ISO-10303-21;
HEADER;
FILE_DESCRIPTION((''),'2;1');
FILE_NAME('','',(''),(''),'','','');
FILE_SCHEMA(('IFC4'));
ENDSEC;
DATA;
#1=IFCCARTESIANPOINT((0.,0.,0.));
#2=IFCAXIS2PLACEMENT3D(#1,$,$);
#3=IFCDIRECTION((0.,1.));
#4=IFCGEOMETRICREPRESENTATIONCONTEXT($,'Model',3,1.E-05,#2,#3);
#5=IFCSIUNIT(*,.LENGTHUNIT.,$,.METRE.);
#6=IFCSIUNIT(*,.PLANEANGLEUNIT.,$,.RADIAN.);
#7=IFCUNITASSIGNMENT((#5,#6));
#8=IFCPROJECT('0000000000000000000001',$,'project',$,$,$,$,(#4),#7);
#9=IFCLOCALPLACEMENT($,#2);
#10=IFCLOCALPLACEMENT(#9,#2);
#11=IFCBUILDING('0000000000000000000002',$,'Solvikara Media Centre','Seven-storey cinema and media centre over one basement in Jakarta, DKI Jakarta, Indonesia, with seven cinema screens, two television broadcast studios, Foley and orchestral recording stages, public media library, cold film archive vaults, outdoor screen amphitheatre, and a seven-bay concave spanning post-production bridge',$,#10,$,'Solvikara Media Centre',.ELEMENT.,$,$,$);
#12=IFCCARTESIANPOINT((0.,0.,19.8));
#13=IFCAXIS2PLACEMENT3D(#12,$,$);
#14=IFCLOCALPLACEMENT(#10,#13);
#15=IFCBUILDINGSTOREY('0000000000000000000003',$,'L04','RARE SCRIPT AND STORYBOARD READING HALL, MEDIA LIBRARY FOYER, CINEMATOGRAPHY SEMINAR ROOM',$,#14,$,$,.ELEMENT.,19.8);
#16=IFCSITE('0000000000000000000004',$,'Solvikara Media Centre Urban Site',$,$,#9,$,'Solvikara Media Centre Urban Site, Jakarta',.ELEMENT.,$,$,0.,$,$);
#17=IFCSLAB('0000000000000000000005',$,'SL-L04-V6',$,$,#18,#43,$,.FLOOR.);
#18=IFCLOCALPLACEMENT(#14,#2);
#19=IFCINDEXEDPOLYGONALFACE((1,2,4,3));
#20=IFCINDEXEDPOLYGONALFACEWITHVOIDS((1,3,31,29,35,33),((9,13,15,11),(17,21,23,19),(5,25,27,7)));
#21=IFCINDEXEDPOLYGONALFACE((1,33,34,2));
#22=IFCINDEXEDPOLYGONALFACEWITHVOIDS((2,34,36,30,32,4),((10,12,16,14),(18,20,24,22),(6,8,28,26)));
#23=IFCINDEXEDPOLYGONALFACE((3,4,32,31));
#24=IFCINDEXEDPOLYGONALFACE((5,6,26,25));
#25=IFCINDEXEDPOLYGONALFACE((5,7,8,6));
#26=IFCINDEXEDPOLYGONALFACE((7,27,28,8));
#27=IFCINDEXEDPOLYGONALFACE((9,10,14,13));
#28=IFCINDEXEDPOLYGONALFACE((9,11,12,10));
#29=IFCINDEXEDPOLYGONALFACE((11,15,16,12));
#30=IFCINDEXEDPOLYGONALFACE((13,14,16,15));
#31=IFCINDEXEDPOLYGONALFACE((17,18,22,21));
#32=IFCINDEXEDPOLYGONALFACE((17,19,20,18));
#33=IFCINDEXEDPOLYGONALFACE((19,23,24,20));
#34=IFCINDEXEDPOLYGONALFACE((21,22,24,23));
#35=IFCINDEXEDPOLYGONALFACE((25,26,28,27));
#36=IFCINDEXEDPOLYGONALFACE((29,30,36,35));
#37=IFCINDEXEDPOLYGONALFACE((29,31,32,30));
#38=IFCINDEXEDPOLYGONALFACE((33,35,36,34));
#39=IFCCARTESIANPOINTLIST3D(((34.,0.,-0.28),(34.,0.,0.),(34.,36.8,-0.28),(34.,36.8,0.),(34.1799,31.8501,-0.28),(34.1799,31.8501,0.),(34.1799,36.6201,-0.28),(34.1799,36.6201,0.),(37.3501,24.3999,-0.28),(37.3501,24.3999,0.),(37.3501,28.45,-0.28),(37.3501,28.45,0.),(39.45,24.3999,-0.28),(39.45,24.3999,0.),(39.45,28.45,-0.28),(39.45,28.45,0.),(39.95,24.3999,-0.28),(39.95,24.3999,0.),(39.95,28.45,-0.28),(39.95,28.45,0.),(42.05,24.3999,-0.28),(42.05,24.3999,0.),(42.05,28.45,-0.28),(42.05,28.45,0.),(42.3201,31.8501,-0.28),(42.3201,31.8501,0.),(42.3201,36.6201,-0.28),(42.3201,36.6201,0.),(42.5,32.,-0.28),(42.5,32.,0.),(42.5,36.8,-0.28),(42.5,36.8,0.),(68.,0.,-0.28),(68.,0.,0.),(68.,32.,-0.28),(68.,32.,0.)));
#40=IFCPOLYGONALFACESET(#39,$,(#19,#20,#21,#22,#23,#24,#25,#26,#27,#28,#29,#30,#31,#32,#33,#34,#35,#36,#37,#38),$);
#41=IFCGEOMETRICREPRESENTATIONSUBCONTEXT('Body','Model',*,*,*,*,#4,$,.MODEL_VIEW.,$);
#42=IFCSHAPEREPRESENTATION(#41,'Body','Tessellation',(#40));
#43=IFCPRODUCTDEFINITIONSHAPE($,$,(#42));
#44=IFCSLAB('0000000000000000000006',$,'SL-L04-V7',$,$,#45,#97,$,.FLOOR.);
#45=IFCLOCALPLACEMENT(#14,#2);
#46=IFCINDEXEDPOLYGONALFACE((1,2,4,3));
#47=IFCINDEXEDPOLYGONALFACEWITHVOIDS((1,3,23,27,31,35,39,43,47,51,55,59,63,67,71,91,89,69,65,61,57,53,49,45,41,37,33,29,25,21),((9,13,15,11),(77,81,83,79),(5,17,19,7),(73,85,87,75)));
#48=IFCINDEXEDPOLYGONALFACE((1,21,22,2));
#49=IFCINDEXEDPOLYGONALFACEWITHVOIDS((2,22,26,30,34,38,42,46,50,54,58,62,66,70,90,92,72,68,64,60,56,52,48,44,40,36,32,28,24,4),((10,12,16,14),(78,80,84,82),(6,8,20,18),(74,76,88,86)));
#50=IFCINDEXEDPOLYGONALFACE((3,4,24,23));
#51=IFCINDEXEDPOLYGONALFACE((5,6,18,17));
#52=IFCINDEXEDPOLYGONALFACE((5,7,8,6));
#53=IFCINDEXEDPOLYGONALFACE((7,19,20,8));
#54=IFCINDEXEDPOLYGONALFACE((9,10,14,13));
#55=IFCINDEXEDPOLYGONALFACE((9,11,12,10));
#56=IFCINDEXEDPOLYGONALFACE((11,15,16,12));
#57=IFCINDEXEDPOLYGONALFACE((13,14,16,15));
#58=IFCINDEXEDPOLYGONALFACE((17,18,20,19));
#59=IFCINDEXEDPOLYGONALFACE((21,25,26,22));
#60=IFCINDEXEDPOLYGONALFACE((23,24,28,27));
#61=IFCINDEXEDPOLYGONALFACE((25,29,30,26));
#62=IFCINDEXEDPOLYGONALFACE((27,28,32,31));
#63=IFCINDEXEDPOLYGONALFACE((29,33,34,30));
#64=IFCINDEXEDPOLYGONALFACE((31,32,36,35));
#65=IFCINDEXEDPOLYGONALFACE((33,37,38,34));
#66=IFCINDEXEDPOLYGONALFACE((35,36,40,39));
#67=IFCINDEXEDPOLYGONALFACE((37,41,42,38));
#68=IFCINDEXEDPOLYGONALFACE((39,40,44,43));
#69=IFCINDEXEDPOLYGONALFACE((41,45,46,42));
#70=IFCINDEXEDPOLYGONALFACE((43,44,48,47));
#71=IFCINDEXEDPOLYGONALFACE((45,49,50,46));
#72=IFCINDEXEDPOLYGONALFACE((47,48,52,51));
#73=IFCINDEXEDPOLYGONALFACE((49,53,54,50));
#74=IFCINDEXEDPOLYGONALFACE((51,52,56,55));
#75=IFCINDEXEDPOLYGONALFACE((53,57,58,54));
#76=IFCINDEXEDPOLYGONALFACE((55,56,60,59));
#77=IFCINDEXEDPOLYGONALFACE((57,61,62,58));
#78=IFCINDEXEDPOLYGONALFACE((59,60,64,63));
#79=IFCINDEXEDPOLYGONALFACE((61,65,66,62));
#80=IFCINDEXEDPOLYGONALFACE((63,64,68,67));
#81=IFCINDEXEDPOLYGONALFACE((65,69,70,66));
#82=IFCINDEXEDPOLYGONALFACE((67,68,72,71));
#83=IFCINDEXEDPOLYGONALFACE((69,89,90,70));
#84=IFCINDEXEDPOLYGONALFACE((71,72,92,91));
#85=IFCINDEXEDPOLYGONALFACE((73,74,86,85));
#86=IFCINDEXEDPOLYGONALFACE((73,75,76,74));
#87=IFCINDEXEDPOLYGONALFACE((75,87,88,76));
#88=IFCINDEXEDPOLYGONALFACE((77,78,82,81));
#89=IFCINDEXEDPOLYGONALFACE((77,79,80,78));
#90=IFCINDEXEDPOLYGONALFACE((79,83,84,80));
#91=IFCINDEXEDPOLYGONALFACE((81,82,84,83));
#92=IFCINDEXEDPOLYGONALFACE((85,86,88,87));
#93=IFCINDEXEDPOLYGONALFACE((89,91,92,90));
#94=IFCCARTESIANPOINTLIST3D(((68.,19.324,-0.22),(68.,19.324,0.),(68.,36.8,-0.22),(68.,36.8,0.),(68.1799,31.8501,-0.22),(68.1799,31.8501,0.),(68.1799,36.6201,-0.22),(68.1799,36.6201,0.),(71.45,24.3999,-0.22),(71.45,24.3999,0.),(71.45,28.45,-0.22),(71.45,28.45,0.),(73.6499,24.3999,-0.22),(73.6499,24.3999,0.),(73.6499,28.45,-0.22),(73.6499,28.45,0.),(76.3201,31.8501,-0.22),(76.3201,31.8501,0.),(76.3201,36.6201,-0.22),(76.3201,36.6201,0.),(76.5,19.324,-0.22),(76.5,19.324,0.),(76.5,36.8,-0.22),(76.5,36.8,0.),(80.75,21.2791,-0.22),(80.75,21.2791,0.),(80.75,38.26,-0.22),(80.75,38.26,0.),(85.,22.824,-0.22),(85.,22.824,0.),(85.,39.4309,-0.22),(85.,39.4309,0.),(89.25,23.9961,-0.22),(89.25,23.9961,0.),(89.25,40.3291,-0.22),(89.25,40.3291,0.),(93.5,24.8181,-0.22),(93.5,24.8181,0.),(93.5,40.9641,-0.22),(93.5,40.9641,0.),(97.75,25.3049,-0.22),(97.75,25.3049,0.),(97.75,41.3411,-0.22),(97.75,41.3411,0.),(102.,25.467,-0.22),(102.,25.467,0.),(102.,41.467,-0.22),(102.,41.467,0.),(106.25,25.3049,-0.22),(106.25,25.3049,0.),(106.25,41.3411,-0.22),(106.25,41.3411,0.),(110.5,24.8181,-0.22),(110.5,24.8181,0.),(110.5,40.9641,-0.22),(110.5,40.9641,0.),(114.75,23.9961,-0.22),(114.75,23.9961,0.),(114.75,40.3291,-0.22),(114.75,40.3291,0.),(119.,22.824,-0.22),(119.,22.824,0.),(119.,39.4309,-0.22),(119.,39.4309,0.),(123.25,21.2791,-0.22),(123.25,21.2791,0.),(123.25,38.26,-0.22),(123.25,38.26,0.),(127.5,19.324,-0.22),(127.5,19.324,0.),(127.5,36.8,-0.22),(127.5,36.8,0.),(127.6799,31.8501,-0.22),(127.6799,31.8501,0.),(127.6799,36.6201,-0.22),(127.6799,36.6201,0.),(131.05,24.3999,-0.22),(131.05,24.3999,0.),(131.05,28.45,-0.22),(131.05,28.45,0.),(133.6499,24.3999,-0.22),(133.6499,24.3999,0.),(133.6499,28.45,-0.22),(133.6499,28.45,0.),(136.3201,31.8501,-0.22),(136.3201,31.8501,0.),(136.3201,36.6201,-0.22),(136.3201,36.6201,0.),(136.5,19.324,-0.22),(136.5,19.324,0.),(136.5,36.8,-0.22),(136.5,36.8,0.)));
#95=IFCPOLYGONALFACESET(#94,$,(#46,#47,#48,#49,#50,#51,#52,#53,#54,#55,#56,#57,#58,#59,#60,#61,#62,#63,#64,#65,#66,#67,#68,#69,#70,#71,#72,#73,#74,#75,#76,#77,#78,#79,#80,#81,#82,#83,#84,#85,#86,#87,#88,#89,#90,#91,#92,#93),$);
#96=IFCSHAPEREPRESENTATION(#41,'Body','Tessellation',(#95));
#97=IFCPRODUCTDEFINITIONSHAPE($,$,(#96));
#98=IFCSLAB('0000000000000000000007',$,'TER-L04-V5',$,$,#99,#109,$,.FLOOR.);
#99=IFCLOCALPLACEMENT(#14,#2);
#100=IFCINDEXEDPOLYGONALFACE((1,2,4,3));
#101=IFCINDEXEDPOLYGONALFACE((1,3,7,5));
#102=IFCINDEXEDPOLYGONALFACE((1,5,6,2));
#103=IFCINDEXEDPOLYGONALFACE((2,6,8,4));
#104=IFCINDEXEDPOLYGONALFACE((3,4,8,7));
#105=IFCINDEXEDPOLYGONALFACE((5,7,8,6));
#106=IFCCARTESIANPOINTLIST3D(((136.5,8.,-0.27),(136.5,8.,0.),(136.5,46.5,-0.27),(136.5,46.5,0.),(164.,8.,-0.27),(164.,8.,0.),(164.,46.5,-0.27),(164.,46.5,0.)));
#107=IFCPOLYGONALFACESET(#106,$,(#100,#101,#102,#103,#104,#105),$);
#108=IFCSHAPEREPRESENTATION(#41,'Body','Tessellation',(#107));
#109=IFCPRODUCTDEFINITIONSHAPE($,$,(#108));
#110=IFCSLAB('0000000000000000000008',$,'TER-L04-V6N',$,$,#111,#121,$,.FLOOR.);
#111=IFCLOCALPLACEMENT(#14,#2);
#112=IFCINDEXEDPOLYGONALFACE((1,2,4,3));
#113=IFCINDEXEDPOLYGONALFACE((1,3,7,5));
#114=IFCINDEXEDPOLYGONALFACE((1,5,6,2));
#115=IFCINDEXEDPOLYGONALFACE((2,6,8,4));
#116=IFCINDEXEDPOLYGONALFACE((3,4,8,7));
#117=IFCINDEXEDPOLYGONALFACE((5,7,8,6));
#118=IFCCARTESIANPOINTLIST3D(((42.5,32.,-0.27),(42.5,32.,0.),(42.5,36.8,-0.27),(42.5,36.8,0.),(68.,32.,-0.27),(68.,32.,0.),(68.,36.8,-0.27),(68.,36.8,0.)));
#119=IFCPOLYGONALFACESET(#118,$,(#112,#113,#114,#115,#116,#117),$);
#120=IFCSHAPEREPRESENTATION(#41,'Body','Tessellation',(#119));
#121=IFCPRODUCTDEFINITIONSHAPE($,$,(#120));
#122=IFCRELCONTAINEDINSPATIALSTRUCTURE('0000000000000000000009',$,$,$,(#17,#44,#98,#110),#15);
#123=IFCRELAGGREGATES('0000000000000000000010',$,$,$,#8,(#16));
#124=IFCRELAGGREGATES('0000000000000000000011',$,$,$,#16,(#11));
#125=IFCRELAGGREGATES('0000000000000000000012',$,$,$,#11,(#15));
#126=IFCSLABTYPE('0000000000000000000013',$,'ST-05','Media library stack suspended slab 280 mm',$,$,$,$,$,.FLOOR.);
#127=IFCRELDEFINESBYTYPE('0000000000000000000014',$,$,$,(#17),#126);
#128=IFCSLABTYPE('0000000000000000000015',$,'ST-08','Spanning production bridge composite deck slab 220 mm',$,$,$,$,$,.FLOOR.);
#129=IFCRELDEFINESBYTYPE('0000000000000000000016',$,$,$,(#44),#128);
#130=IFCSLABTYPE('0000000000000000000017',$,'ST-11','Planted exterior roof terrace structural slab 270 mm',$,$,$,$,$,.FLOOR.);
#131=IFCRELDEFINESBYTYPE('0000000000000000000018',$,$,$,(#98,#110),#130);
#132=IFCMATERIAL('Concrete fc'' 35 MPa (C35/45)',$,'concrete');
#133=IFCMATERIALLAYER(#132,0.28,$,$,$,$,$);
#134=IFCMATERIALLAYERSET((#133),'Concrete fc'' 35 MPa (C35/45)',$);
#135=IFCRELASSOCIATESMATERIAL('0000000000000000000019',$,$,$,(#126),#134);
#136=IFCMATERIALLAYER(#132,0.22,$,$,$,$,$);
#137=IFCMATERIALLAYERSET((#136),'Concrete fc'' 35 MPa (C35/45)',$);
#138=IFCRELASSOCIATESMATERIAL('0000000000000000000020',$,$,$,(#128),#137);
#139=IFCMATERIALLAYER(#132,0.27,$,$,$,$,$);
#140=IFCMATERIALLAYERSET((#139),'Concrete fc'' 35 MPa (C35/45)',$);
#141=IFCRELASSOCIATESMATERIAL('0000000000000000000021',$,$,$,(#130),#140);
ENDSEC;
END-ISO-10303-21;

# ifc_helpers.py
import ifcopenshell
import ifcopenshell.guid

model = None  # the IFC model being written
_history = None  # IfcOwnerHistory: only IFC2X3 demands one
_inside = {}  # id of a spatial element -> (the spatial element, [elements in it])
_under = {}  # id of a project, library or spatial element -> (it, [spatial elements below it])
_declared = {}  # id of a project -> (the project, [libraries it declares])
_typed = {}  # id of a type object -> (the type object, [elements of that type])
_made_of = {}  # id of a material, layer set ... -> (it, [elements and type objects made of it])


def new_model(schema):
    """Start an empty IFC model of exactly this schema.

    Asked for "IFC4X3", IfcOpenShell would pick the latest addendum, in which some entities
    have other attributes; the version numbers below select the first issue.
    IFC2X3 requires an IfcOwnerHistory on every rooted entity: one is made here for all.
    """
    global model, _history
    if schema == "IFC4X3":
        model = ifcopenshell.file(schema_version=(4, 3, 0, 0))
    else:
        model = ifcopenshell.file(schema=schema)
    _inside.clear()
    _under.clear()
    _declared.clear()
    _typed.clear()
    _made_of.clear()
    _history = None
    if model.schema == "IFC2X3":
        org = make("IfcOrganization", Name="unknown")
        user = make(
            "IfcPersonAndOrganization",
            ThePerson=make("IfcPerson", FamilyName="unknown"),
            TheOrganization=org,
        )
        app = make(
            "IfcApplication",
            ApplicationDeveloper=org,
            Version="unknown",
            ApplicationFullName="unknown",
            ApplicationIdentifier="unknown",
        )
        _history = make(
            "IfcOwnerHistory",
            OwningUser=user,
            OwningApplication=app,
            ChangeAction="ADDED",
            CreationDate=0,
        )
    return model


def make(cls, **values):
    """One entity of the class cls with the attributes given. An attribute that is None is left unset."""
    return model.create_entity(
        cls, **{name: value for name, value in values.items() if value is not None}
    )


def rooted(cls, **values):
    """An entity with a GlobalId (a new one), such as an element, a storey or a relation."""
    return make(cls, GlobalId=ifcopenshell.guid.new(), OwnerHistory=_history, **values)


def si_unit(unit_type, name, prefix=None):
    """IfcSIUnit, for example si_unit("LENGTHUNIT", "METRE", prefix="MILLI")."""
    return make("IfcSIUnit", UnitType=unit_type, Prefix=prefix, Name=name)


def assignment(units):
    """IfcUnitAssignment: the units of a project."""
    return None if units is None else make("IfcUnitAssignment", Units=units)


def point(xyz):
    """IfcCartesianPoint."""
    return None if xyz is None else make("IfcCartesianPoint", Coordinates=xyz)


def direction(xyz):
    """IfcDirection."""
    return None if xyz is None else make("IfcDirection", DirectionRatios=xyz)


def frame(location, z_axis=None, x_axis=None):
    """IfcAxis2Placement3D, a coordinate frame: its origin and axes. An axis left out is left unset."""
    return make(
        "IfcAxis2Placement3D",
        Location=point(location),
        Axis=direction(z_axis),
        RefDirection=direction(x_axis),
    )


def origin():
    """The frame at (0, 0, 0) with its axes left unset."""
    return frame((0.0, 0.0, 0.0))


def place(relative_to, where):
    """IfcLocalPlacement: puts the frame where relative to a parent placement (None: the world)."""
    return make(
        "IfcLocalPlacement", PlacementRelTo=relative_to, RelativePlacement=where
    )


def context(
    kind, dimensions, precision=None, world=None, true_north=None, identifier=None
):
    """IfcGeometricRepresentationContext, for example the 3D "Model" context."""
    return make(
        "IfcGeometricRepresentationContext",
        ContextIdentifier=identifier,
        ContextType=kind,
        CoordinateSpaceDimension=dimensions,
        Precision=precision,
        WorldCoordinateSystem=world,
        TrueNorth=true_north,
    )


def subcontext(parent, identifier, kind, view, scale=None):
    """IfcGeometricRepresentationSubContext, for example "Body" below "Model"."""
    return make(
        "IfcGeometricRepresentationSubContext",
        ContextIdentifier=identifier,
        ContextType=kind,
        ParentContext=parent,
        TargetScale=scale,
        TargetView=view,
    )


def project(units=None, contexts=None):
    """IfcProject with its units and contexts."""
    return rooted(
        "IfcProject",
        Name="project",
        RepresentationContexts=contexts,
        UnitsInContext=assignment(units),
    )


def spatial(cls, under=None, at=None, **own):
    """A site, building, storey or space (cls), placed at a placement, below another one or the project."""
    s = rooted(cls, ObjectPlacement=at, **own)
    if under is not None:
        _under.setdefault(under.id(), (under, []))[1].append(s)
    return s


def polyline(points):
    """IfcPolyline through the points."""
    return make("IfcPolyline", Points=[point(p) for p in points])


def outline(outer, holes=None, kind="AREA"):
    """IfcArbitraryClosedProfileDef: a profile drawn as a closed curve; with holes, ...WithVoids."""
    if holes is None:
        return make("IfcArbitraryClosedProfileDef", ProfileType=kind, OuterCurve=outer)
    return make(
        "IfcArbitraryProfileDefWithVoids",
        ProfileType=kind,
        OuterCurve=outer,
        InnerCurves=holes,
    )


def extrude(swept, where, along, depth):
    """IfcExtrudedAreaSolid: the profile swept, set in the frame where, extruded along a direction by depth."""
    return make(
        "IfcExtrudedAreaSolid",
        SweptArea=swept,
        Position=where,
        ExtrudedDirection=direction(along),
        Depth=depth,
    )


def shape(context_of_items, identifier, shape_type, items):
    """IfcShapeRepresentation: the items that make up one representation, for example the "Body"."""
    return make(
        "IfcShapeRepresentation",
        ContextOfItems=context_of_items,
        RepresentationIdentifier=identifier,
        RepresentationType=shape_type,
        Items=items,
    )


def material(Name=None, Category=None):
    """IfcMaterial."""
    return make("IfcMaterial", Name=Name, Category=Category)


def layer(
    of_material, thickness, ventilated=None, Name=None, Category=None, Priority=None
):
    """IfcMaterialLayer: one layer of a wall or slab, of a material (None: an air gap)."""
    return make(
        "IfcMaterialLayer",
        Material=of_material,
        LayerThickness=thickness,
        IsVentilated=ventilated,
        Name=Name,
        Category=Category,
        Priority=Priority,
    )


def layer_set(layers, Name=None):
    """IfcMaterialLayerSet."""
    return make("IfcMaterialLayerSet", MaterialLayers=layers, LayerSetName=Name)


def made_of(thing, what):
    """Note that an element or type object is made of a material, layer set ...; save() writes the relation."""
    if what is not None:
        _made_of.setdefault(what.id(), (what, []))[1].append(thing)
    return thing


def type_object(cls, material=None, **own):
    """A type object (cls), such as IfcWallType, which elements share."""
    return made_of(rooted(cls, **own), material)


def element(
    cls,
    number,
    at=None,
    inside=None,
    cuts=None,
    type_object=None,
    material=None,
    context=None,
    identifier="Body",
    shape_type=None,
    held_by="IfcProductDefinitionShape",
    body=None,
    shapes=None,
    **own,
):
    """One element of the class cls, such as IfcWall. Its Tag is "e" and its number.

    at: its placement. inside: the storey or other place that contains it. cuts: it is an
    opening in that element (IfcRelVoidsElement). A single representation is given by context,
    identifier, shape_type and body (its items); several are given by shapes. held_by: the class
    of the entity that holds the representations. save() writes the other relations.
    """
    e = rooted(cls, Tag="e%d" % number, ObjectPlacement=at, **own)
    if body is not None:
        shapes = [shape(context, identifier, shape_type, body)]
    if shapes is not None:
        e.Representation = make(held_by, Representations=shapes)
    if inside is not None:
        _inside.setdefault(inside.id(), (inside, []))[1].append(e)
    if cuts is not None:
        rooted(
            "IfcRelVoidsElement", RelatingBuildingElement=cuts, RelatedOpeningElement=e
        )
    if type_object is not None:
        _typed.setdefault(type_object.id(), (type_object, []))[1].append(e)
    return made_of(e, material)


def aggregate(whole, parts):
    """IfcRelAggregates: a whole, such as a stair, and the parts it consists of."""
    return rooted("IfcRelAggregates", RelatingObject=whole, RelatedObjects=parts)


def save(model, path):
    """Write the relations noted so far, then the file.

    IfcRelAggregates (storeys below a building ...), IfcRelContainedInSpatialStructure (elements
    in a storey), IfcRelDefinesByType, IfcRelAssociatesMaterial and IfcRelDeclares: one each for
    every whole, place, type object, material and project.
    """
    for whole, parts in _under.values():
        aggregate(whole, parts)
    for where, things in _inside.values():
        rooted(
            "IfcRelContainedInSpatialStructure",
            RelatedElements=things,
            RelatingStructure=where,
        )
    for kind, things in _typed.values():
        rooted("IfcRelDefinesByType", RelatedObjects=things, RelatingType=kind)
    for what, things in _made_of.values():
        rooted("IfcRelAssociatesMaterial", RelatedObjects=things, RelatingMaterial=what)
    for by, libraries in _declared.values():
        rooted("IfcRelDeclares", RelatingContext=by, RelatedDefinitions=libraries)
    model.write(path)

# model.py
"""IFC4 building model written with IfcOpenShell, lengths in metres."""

from ifc_helpers import new_model, si_unit, direction, frame, origin, place, context, subcontext, project, spatial, polyline, outline, extrude, material, layer, layer_set, type_object, element, save


model = new_model("IFC4")

# Units and contexts
model_context = context("Model", 3, precision=1e-05, world=origin(), true_north=direction((0.0, 1.0)))
body_context = subcontext(model_context, "Body", "Model", "MODEL_VIEW")
ifc_project = project(units=[si_unit("LENGTHUNIT", "METRE"), si_unit("PLANEANGLEUNIT", "RADIAN")], contexts=[model_context])

# Site, building, storey
site_placement = place(None, origin())
site = spatial("IfcSite", under=ifc_project, at=site_placement, Name="Solvikara Media Centre Urban Site", LongName="Solvikara Media Centre Urban Site, Jakarta", CompositionType="ELEMENT", RefElevation=0.0)
building_placement = place(site_placement, origin())
building = spatial("IfcBuilding", under=site, at=building_placement, Name="Solvikara Media Centre", Description="Seven-storey cinema and media centre over one basement in Jakarta, DKI Jakarta, Indonesia, with seven cinema screens, two television broadcast studios, Foley and orchestral recording stages, public media library, cold film archive vaults, outdoor screen amphitheatre, and a seven-bay concave spanning post-production bridge", LongName="Solvikara Media Centre", CompositionType="ELEMENT")
storey_placement = place(building_placement, frame((0.0, 0.0, 19.8)))
storey = spatial("IfcBuildingStorey", under=building, at=storey_placement, Name="L04", Description="RARE SCRIPT AND STORYBOARD READING HALL, MEDIA LIBRARY FOYER, CINEMATOGRAPHY SEMINAR ROOM", CompositionType="ELEMENT", Elevation=19.8)

# Slabs
ifc_material_1 = material(Name="Concrete fc' 35 MPa (C35/45)", Category="concrete")
ifc_layer_1 = layer(ifc_material_1, 0.28)
ifc_layer_set_1 = layer_set([ifc_layer_1], Name="Concrete fc' 35 MPa (C35/45)")
slab_type_1 = type_object("IfcSlabType", Name="ST-05", Description="Media library stack suspended slab 280 mm", PredefinedType="FLOOR", material=ifc_layer_set_1)
slab_1_placement = place(storey_placement, frame((0.0, 0.0, -0.28)))
element("IfcSlab", 1, at=slab_1_placement, inside=storey, type_object=slab_type_1, Name="SL-L04-V6", PredefinedType="FLOOR", context=body_context, shape_type="SweptSolid", body=[
    extrude(outline(polyline([(34.0, 0.0), (68.0, 0.0), (68.0, 32.0), (42.5, 32.0), (42.5, 36.8), (34.0, 36.8), (34.0, 0.0)]), holes=[polyline([(34.1799, 31.8501), (42.3201, 31.8501), (42.3201, 36.6201), (34.1799, 36.6201), (34.1799, 31.8501)]), polyline([(37.3501, 24.3999), (39.45, 24.3999), (39.45, 28.45), (37.3501, 28.45), (37.3501, 24.3999)]), polyline([(39.95, 24.3999), (42.05, 24.3999), (42.05, 28.45), (39.95, 28.45), (39.95, 24.3999)])]), origin(), (0.0, 0.0, 1.0), 0.28),
])
ifc_layer_2 = layer(ifc_material_1, 0.22)
ifc_layer_set_2 = layer_set([ifc_layer_2], Name="Concrete fc' 35 MPa (C35/45)")
slab_type_2 = type_object("IfcSlabType", Name="ST-08", Description="Spanning production bridge composite deck slab 220 mm", PredefinedType="FLOOR", material=ifc_layer_set_2)
slab_2_placement = place(storey_placement, frame((0.0, 0.0, -0.22)))
element("IfcSlab", 2, at=slab_2_placement, inside=storey, type_object=slab_type_2, Name="SL-L04-V7", PredefinedType="FLOOR", context=body_context, shape_type="SweptSolid", body=[
    extrude(outline(polyline([(68.0, 19.324), (76.5, 19.324), (80.75, 21.2791), (85.0, 22.824), (89.25, 23.9961), (93.5, 24.8181), (97.75, 25.3049), (102.0, 25.467), (106.25, 25.3049), (110.5, 24.8181), (114.75, 23.9961), (119.0, 22.824), (123.25, 21.2791), (127.5, 19.324), (136.5, 19.324), (136.5, 36.8), (127.5, 36.8), (123.25, 38.26), (119.0, 39.4309), (114.75, 40.3291), (110.5, 40.9641), (106.25, 41.3411), (102.0, 41.467), (97.75, 41.3411), (93.5, 40.9641), (89.25, 40.3291), (85.0, 39.4309), (80.75, 38.26), (76.5, 36.8), (68.0, 36.8), (68.0, 19.324)]), holes=[polyline([(68.1799, 31.8501), (76.3201, 31.8501), (76.3201, 36.6201), (68.1799, 36.6201), (68.1799, 31.8501)]), polyline([(71.45, 24.3999), (73.6499, 24.3999), (73.6499, 28.45), (71.45, 28.45), (71.45, 24.3999)]), polyline([(127.6799, 31.8501), (136.3201, 31.8501), (136.3201, 36.6201), (127.6799, 36.6201), (127.6799, 31.8501)]), polyline([(131.05, 24.3999), (133.6499, 24.3999), (133.6499, 28.45), (131.05, 28.45), (131.05, 24.3999)])]), origin(), (0.0, 0.0, 1.0), 0.22),
])
ifc_layer_3 = layer(ifc_material_1, 0.27)
ifc_layer_set_3 = layer_set([ifc_layer_3], Name="Concrete fc' 35 MPa (C35/45)")
slab_type_3 = type_object("IfcSlabType", Name="ST-11", Description="Planted exterior roof terrace structural slab 270 mm", PredefinedType="FLOOR", material=ifc_layer_set_3)
slab_3_placement = place(storey_placement, frame((0.0, 0.0, -0.27)))
element("IfcSlab", 3, at=slab_3_placement, inside=storey, type_object=slab_type_3, Name="TER-L04-V5", PredefinedType="FLOOR", context=body_context, shape_type="SweptSolid", body=[
    extrude(outline(polyline([(136.5, 8.0), (164.0, 8.0), (164.0, 46.5), (136.5, 46.5), (136.5, 8.0)])), origin(), (0.0, 0.0, 1.0), 0.27),
])
slab_4_placement = place(storey_placement, frame((0.0, 0.0, -0.27)))
element("IfcSlab", 4, at=slab_4_placement, inside=storey, type_object=slab_type_3, Name="TER-L04-V6N", PredefinedType="FLOOR", context=body_context, shape_type="SweptSolid", body=[
    extrude(outline(polyline([(42.5, 32.0), (68.0, 32.0), (68.0, 36.8), (42.5, 36.8), (42.5, 32.0)])), origin(), (0.0, 0.0, 1.0), 0.27),
])

save(model, "model.ifc")
